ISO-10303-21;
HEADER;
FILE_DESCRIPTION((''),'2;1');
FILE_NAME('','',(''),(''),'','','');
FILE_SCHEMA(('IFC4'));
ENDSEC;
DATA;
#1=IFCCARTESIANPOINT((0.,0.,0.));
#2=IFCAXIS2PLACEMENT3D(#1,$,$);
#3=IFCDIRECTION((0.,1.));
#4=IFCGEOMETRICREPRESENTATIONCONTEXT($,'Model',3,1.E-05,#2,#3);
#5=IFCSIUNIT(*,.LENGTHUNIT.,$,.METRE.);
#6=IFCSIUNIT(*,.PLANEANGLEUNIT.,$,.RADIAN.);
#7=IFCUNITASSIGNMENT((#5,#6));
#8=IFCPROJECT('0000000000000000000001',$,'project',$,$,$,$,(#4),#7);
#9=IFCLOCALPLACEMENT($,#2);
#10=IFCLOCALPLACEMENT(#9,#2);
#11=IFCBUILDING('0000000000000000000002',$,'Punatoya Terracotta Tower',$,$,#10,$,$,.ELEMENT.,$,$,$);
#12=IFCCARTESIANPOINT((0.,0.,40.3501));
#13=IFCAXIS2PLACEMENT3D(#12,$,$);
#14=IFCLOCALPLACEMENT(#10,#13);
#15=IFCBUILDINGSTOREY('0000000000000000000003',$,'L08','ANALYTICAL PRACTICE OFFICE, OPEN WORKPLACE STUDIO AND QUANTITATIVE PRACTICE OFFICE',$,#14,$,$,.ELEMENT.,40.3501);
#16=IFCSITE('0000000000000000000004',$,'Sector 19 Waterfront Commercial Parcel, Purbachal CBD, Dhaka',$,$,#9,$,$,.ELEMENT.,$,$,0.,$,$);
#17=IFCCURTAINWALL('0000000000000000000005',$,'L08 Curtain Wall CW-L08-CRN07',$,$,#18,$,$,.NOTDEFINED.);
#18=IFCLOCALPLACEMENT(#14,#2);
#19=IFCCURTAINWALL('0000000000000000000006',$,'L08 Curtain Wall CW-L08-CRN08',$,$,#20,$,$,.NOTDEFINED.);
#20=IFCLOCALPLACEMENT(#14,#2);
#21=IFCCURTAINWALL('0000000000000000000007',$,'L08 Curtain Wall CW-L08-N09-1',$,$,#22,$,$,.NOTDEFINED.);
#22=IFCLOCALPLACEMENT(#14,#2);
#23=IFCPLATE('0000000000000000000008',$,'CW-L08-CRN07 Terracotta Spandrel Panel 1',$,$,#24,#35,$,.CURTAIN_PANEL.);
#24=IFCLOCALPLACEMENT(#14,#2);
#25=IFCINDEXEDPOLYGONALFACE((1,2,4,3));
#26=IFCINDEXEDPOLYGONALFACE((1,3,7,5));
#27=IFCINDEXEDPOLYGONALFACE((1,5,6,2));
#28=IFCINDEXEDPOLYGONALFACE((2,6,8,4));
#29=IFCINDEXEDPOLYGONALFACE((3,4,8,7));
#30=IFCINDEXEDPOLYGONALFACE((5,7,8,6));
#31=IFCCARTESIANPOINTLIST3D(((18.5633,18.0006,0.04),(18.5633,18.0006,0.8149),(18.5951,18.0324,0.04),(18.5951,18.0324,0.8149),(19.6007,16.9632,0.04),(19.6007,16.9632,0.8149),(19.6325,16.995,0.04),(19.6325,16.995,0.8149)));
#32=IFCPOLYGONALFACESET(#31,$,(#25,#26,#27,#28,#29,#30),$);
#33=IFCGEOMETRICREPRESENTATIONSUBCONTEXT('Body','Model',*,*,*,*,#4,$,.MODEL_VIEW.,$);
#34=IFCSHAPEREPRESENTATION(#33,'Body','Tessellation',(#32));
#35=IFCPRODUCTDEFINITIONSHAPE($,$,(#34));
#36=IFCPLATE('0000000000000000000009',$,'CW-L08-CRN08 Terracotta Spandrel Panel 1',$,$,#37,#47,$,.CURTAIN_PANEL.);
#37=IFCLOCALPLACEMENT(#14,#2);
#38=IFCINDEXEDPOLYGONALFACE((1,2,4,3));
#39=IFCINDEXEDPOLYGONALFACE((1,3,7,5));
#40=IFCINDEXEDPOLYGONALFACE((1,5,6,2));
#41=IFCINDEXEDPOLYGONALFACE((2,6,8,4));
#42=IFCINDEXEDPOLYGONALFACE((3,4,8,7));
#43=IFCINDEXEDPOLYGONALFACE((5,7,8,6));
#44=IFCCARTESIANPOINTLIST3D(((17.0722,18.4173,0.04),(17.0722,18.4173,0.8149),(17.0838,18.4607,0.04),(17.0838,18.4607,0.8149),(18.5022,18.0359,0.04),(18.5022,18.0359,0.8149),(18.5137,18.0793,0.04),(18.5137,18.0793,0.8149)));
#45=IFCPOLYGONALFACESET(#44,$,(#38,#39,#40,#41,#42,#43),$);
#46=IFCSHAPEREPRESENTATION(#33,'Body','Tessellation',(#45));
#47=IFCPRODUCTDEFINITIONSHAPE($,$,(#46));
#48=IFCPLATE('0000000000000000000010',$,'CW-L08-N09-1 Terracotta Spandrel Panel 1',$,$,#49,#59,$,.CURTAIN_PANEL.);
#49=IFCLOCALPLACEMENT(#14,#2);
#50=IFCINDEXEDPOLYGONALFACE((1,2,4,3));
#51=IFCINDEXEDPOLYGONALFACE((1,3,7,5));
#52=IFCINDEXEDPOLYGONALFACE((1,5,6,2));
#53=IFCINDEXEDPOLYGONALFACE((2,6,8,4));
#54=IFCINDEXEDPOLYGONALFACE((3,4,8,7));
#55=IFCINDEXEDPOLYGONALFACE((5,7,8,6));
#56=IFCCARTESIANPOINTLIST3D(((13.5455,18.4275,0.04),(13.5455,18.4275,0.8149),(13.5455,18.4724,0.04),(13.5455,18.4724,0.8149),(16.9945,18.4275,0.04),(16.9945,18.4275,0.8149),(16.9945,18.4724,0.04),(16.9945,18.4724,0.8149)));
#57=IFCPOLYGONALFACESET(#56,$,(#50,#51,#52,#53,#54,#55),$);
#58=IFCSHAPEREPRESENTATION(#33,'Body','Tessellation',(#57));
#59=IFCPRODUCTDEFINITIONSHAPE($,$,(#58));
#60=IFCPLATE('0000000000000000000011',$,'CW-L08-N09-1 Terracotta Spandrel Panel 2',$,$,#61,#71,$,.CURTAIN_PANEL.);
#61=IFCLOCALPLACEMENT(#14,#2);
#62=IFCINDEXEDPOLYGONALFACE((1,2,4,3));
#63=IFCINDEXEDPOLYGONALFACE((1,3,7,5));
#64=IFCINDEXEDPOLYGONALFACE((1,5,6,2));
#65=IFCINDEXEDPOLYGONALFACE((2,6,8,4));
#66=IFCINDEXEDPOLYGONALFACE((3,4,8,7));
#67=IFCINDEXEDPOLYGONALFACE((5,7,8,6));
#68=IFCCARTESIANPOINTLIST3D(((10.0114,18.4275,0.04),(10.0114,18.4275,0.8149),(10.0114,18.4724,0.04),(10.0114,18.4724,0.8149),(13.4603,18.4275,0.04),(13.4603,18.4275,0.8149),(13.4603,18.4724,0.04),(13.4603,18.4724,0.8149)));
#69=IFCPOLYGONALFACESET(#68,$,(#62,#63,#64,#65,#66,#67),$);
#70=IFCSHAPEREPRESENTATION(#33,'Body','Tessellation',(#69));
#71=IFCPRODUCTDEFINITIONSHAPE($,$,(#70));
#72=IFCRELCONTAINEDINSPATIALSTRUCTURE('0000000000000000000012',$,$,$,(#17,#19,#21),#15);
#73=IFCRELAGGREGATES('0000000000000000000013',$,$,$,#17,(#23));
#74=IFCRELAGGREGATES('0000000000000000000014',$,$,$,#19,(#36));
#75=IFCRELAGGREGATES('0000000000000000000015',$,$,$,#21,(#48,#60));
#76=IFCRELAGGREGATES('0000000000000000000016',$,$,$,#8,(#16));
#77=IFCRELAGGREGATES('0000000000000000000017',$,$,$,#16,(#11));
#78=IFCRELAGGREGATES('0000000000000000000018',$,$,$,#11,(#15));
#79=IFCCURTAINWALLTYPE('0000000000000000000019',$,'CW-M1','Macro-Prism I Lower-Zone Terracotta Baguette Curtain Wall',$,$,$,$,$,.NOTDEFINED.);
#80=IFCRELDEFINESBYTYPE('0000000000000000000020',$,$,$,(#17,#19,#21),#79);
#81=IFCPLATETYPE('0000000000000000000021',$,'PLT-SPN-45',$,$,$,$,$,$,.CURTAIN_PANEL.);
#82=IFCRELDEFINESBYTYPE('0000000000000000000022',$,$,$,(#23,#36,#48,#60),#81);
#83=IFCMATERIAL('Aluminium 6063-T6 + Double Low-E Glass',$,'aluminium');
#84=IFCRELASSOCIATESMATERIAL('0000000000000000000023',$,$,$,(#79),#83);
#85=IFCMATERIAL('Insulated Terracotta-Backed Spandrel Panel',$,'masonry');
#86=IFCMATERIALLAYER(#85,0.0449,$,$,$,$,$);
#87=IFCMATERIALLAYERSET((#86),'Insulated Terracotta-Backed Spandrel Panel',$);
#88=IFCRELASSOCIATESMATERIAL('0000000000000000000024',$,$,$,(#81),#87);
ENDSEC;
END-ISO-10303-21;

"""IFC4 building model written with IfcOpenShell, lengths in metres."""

from ifc_helpers import new_model, si_unit, direction, frame, origin, origin_2d, place, context, subcontext, project, spatial, rectangle, extrude, material, layer, layer_set, type_object, element, aggregate, save


model = new_model("IFC4")

# Units and contexts
model_context = context("Model", 3, precision=1e-05, world=origin(), true_north=direction((0.0, 1.0)))
body_context = subcontext(model_context, "Body", "Model", "MODEL_VIEW")
ifc_project = project(units=[si_unit("LENGTHUNIT", "METRE"), si_unit("PLANEANGLEUNIT", "RADIAN")], contexts=[model_context])

# Site, building, storey
site_placement = place(None, origin())
site = spatial("IfcSite", under=ifc_project, at=site_placement, Name="Sector 19 Waterfront Commercial Parcel, Purbachal CBD, Dhaka", CompositionType="ELEMENT", RefElevation=0.0)
building_placement = place(site_placement, origin())
building = spatial("IfcBuilding", under=site, at=building_placement, Name="Punatoya Terracotta Tower", CompositionType="ELEMENT")
storey_placement = place(building_placement, frame((0.0, 0.0, 40.3501)))
storey = spatial("IfcBuildingStorey", under=building, at=storey_placement, Name="L08", Description="ANALYTICAL PRACTICE OFFICE, OPEN WORKPLACE STUDIO AND QUANTITATIVE PRACTICE OFFICE", CompositionType="ELEMENT", Elevation=40.3501)

# Shared definitions
ifc_material_1 = material(Name="Aluminium 6063-T6 + Double Low-E Glass", Category="aluminium")
curtain_wall_type = type_object("IfcCurtainWallType", Name="CW-M1", Description="Macro-Prism I Lower-Zone Terracotta Baguette Curtain Wall", PredefinedType="NOTDEFINED", material=ifc_material_1)

# Curtain walls
curtain_wall_1_placement = place(storey_placement, origin())
curtain_wall_1 = element("IfcCurtainWall", 1, at=curtain_wall_1_placement, inside=storey, type_object=curtain_wall_type, Name="L08 Curtain Wall CW-L08-CRN07", PredefinedType="NOTDEFINED")
curtain_wall_2_placement = place(storey_placement, origin())
curtain_wall_2 = element("IfcCurtainWall", 2, at=curtain_wall_2_placement, inside=storey, type_object=curtain_wall_type, Name="L08 Curtain Wall CW-L08-CRN08", PredefinedType="NOTDEFINED")
curtain_wall_3_placement = place(storey_placement, origin())
curtain_wall_3 = element("IfcCurtainWall", 3, at=curtain_wall_3_placement, inside=storey, type_object=curtain_wall_type, Name="L08 Curtain Wall CW-L08-N09-1", PredefinedType="NOTDEFINED")

# Plates
ifc_material_2 = material(Name="Insulated Terracotta-Backed Spandrel Panel", Category="masonry")
ifc_layer_1 = layer(ifc_material_2, 0.0449)
ifc_layer_set_1 = layer_set([ifc_layer_1], Name="Insulated Terracotta-Backed Spandrel Panel")
plate_type_1 = type_object("IfcPlateType", Name="PLT-SPN-45", PredefinedType="CURTAIN_PANEL", material=ifc_layer_set_1)
plate_1_placement = place(storey_placement, frame((19.0979, 17.4978, 0.04), z_axis=(0.0, 0.0, 1.0), x_axis=(-0.707107, 0.707107, 0.0)))
plate_1 = element("IfcPlate", 4, at=plate_1_placement, type_object=plate_type_1, Name="CW-L08-CRN07 Terracotta Spandrel Panel 1", PredefinedType="CURTAIN_PANEL", context=body_context, shape_type="SweptSolid", body=[
    extrude(rectangle(XDim=1.467, YDim=0.0449, at=origin_2d()), origin(), (0.0, 0.0, 1.0), 0.7749),
])
aggregate(curtain_wall_1, [plate_1])
plate_2_placement = place(storey_placement, frame((17.793, 18.2483, 0.04), z_axis=(0.0, 0.0, 1.0), x_axis=(-0.966214, 0.257742, 0.0)))
plate_2 = element("IfcPlate", 5, at=plate_2_placement, type_object=plate_type_1, Name="CW-L08-CRN08 Terracotta Spandrel Panel 1", PredefinedType="CURTAIN_PANEL", context=body_context, shape_type="SweptSolid", body=[
    extrude(rectangle(XDim=1.48, YDim=0.0449, at=origin_2d()), origin(), (0.0, 0.0, 1.0), 0.7749),
])
aggregate(curtain_wall_2, [plate_2])
plate_3_placement = place(storey_placement, frame((15.27, 18.45, 0.04), z_axis=(0.0, 0.0, 1.0), x_axis=(-1.0, 0.0, 0.0)))
plate_3 = element("IfcPlate", 6, at=plate_3_placement, type_object=plate_type_1, Name="CW-L08-N09-1 Terracotta Spandrel Panel 1", PredefinedType="CURTAIN_PANEL", context=body_context, shape_type="SweptSolid", body=[
    extrude(rectangle(XDim=3.449, YDim=0.0449, at=origin_2d()), origin(), (0.0, 0.0, 1.0), 0.7749),
])
plate_4_placement = place(storey_placement, frame((11.7358, 18.45, 0.04), z_axis=(0.0, 0.0, 1.0), x_axis=(-1.0, 0.0, 0.0)))
plate_4 = element("IfcPlate", 7, at=plate_4_placement, type_object=plate_type_1, Name="CW-L08-N09-1 Terracotta Spandrel Panel 2", PredefinedType="CURTAIN_PANEL", context=body_context, shape_type="SweptSolid", body=[
    extrude(rectangle(XDim=3.449, YDim=0.0449, at=origin_2d()), origin(), (0.0, 0.0, 1.0), 0.7749),
])
aggregate(curtain_wall_3, [plate_3, plate_4])

save(model, "model.ifc")
